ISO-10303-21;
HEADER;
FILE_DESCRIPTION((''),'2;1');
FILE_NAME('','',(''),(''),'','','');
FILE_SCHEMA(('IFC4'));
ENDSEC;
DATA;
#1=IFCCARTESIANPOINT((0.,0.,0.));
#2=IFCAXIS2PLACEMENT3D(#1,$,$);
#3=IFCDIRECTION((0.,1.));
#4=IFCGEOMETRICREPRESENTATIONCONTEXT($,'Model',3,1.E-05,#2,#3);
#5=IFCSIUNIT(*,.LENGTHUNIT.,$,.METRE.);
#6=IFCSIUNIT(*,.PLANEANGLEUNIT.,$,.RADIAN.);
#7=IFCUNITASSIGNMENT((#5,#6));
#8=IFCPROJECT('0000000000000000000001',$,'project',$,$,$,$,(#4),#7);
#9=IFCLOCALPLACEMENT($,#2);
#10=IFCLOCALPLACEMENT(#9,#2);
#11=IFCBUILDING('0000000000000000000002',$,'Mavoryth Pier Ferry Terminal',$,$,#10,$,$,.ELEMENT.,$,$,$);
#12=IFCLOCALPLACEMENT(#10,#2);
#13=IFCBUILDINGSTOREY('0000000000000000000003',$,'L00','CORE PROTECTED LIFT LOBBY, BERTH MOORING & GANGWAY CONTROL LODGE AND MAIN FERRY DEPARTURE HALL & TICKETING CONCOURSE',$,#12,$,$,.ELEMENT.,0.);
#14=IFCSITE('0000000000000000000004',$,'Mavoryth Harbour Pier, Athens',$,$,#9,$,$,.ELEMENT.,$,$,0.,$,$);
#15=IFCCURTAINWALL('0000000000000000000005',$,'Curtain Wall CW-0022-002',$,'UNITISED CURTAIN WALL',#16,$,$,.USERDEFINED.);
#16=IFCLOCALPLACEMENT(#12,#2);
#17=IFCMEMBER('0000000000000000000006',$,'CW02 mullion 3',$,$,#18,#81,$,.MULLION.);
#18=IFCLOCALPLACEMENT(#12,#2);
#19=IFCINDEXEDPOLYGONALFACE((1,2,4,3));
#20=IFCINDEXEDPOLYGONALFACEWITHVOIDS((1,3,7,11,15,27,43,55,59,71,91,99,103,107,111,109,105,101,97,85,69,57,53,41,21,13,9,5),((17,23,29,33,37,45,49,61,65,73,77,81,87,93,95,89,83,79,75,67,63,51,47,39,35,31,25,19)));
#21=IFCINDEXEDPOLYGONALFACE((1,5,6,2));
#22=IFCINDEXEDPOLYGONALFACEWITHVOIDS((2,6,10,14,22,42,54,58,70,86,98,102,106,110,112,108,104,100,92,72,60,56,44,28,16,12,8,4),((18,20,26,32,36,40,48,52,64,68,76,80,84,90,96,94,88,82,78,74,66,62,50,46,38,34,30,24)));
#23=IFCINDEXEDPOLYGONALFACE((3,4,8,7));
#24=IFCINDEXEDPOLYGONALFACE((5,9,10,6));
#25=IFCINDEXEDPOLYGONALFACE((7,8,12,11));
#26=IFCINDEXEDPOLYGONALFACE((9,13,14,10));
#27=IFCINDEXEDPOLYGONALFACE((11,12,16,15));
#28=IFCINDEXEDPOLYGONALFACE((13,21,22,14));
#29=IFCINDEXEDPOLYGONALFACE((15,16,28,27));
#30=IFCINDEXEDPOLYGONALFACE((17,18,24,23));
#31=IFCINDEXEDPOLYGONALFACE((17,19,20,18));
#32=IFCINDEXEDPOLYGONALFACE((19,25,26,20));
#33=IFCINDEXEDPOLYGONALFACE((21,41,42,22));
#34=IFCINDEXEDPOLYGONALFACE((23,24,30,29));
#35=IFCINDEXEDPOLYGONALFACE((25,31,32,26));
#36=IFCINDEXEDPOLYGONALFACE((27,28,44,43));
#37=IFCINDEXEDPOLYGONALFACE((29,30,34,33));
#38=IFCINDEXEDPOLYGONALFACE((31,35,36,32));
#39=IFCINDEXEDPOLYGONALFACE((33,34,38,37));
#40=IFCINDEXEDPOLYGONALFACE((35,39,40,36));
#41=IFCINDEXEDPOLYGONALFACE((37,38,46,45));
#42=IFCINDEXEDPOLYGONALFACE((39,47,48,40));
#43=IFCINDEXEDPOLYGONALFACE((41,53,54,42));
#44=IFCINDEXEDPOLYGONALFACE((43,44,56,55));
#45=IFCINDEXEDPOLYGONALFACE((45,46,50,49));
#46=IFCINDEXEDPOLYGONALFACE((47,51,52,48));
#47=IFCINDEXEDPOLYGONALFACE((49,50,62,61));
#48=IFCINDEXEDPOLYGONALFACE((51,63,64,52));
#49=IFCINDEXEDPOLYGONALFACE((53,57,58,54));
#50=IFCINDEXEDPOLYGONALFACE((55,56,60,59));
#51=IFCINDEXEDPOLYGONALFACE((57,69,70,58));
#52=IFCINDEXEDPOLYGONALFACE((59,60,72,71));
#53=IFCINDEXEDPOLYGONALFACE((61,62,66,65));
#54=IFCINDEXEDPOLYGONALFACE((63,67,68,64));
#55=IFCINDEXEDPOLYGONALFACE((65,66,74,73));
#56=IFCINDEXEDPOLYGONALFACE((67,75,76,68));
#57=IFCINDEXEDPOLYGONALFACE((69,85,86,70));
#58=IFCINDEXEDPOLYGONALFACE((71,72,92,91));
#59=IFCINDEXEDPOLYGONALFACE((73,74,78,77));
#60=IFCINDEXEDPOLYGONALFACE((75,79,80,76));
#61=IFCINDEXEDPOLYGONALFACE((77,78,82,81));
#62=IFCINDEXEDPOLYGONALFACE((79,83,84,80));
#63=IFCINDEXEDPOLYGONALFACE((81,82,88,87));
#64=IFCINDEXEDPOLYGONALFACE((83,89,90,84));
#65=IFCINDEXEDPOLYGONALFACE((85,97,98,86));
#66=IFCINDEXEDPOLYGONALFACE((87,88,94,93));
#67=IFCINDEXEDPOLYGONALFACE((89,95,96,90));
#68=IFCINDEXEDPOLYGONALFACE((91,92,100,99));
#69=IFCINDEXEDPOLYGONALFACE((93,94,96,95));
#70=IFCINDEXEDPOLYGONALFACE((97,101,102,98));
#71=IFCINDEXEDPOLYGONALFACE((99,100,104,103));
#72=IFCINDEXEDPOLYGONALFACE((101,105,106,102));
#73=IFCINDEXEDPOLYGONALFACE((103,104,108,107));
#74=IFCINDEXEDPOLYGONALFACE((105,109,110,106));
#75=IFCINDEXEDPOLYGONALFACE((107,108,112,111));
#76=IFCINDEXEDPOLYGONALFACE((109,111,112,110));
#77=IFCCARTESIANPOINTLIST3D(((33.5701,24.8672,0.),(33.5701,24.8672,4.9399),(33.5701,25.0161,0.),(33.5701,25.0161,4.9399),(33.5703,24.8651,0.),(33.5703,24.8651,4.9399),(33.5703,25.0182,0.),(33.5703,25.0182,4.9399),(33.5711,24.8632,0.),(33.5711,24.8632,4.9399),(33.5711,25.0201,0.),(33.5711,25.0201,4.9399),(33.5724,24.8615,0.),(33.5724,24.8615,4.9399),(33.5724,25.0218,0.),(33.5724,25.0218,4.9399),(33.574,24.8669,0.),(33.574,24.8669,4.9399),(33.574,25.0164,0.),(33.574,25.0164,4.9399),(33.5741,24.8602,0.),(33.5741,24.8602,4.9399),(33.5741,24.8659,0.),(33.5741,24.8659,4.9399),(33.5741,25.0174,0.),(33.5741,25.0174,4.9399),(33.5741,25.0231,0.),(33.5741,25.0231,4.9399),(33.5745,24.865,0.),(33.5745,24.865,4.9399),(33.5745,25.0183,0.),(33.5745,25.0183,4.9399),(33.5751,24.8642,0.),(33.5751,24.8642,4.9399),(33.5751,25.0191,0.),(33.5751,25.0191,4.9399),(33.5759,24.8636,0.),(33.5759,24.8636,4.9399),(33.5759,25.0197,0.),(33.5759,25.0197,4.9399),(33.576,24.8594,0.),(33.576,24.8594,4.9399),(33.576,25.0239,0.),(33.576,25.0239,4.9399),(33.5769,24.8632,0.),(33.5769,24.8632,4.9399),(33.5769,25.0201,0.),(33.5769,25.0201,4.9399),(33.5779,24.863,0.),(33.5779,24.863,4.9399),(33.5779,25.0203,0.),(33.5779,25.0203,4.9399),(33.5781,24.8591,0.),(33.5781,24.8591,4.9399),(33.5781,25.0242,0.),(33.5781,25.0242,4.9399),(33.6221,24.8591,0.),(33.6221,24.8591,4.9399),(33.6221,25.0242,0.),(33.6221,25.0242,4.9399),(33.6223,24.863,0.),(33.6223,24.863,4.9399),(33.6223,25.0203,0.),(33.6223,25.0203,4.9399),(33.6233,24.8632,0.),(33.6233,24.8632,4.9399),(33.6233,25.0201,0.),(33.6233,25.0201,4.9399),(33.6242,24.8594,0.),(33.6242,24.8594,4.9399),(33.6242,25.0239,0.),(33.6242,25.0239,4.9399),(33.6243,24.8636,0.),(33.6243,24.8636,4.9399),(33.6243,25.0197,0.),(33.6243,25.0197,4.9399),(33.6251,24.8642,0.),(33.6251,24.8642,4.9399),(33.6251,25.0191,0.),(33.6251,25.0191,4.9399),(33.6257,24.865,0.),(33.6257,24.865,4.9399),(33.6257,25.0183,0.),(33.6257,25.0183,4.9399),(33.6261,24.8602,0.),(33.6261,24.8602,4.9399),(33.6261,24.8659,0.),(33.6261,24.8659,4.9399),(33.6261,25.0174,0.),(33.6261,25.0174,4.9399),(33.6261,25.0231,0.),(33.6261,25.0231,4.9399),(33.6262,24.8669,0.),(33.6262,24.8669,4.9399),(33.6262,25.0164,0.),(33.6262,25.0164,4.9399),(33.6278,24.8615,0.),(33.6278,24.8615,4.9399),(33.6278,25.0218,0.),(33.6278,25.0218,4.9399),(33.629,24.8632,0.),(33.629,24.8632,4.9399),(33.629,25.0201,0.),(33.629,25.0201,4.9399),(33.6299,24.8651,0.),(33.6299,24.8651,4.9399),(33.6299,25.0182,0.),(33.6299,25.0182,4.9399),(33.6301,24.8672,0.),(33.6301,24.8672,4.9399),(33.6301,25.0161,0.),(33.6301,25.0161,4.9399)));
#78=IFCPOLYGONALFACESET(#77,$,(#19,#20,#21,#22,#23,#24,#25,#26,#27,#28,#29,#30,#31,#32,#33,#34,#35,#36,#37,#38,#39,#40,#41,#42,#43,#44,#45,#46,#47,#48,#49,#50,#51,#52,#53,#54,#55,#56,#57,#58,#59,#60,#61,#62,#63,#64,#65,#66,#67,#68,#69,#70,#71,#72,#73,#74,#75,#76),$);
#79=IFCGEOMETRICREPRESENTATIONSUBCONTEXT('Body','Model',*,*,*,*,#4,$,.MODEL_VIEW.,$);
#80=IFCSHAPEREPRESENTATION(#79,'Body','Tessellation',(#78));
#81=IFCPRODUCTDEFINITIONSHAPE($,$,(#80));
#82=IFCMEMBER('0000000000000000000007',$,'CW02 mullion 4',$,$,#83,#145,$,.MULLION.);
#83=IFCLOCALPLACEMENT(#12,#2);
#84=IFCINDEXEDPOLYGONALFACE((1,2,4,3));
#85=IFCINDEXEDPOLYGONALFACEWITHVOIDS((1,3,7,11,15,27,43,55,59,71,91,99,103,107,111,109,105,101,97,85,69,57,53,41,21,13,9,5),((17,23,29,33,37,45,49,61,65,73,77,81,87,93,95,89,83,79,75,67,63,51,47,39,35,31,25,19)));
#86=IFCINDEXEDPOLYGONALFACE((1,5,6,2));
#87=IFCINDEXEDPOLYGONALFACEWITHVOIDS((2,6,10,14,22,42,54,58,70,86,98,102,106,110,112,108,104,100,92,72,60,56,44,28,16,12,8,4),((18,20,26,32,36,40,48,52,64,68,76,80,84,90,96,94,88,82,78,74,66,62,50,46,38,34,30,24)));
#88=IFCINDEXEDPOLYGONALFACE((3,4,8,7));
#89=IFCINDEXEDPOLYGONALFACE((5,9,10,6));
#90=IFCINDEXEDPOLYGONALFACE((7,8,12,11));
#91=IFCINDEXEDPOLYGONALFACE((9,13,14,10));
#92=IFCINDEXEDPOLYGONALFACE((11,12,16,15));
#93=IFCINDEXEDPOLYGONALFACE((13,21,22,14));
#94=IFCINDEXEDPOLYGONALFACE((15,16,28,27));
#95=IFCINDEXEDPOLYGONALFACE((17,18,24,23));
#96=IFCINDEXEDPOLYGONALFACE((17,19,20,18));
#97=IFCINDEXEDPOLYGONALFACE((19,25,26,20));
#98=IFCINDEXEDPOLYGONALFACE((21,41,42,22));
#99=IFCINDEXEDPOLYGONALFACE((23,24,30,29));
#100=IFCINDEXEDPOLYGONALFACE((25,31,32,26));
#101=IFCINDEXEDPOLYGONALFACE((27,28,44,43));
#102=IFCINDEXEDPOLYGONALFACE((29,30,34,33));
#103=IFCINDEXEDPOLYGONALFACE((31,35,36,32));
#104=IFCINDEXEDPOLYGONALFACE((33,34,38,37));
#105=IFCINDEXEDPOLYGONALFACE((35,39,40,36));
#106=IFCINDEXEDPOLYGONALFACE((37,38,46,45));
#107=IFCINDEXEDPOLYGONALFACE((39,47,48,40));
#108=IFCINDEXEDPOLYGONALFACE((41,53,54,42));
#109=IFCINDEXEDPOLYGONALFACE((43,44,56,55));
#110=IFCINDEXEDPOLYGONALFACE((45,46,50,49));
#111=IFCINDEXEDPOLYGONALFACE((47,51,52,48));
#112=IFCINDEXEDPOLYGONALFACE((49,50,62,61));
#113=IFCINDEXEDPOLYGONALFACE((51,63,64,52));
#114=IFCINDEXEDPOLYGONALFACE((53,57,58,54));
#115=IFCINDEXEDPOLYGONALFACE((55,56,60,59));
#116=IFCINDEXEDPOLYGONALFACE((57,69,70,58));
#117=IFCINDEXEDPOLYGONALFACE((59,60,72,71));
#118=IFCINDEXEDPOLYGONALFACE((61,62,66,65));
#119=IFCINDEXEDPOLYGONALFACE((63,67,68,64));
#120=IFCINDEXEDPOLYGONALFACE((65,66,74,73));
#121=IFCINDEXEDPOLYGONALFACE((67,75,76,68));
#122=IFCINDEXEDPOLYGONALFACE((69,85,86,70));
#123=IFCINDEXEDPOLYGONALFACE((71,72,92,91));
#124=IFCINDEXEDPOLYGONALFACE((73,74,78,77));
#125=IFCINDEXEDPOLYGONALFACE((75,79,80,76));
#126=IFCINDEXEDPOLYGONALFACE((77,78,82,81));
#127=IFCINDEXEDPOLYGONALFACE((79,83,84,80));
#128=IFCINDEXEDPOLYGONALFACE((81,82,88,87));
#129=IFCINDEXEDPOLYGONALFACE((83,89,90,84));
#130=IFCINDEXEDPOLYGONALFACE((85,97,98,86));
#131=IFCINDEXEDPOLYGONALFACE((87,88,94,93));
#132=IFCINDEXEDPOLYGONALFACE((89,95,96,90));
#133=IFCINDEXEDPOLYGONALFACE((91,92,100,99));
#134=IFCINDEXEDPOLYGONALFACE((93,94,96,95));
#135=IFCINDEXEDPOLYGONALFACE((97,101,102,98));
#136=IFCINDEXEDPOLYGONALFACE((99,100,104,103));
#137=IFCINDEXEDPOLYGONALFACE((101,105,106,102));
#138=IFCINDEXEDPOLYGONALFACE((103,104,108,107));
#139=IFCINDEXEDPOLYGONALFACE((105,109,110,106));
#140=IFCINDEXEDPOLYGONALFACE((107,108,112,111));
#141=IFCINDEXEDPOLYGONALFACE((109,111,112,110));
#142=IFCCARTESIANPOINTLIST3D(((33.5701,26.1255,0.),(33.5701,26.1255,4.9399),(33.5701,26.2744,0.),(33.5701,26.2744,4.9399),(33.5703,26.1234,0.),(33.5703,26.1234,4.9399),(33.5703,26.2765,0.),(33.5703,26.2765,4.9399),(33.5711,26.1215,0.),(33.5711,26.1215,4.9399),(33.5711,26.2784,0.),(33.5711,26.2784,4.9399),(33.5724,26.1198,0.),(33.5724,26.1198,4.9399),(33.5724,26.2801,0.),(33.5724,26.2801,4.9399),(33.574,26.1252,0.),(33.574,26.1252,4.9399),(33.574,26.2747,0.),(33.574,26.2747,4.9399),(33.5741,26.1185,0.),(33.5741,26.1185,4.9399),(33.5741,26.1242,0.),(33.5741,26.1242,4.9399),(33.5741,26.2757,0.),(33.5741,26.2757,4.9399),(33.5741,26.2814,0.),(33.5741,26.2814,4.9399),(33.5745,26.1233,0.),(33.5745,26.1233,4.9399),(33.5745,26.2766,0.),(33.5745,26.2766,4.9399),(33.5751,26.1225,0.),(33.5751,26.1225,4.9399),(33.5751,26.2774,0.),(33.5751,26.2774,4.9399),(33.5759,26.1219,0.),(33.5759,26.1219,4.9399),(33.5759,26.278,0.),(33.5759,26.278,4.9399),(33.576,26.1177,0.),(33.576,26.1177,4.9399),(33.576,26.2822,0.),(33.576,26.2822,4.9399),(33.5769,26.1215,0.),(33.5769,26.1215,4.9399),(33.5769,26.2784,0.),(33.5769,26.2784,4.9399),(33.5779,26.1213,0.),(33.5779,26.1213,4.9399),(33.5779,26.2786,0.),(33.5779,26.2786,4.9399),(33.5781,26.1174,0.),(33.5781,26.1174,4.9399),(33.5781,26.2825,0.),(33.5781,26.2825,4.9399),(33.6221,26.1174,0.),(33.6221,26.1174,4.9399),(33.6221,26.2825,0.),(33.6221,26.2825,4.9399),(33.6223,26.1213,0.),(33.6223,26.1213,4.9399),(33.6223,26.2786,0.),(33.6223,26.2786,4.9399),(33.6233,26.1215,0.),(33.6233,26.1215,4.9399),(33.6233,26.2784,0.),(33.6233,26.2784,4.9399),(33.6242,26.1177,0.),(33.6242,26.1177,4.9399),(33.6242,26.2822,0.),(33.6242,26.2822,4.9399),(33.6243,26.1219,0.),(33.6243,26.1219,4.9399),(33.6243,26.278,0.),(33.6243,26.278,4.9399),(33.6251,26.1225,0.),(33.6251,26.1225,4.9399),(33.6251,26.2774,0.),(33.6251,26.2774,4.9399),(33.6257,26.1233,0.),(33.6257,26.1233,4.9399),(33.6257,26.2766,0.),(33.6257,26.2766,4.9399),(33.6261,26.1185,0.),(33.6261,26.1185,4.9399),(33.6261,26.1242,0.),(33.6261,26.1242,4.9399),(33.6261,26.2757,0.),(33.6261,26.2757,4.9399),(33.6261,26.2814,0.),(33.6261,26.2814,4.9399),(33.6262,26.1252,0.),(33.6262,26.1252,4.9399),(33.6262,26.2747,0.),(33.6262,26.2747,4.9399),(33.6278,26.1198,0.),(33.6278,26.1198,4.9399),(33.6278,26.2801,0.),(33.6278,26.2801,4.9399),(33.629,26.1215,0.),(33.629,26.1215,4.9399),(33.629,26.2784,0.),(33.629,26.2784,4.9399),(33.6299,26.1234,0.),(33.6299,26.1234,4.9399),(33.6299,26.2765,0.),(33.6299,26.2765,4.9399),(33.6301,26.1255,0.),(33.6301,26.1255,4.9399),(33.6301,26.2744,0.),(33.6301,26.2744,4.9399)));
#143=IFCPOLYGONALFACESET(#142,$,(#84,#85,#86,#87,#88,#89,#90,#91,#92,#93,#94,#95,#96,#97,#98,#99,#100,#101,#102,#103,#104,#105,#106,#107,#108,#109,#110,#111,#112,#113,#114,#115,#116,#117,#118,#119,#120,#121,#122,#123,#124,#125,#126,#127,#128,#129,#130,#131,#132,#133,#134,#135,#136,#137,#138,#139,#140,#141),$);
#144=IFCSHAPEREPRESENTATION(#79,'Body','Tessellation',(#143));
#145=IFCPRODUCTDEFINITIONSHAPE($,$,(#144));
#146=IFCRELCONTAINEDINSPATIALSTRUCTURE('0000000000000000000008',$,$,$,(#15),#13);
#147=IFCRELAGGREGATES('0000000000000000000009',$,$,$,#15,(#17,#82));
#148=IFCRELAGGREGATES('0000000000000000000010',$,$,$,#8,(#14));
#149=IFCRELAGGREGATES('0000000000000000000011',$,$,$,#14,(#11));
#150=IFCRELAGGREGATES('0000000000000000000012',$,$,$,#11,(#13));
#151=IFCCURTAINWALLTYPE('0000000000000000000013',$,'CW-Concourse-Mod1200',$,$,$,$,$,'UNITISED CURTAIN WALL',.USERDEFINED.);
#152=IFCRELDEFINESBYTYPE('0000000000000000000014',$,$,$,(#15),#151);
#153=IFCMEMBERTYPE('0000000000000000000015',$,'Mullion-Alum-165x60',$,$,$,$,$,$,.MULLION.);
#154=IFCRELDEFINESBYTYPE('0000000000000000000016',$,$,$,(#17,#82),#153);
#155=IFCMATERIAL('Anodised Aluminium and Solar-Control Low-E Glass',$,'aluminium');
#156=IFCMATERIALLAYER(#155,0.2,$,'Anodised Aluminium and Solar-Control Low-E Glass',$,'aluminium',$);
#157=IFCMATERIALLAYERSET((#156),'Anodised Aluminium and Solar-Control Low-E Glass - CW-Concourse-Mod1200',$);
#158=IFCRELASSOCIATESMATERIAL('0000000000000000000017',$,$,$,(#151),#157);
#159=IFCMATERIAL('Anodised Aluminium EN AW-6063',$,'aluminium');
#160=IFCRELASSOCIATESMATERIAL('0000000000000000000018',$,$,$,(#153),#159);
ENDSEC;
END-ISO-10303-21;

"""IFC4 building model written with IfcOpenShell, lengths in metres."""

from ifc_helpers import new_model, si_unit, direction, frame, origin, origin_2d, place, context, subcontext, project, spatial, hollow_rectangle, extrude, material, layer, layer_set, material_profile, profile_set, type_object, element, aggregate, save


model = new_model("IFC4")

# Units and contexts
model_context = context("Model", 3, precision=1e-05, world=origin(), true_north=direction((0.0, 1.0)))
body_context = subcontext(model_context, "Body", "Model", "MODEL_VIEW")
ifc_project = project(units=[si_unit("LENGTHUNIT", "METRE"), si_unit("PLANEANGLEUNIT", "RADIAN")], contexts=[model_context])

# Site, building, storey
site_placement = place(None, origin())
site = spatial("IfcSite", under=ifc_project, at=site_placement, Name="Mavoryth Harbour Pier, Athens", CompositionType="ELEMENT", RefElevation=0.0)
building_placement = place(site_placement, origin())
building = spatial("IfcBuilding", under=site, at=building_placement, Name="Mavoryth Pier Ferry Terminal", CompositionType="ELEMENT")
storey_placement = place(building_placement, origin())
storey = spatial("IfcBuildingStorey", under=building, at=storey_placement, Name="L00", Description="CORE PROTECTED LIFT LOBBY, BERTH MOORING & GANGWAY CONTROL LODGE AND MAIN FERRY DEPARTURE HALL & TICKETING CONCOURSE", CompositionType="ELEMENT", Elevation=0.0)

# Curtain wall, members
ifc_material_1 = material(Name="Anodised Aluminium and Solar-Control Low-E Glass", Category="aluminium")
ifc_layer_1 = layer(ifc_material_1, 0.2, Name="Anodised Aluminium and Solar-Control Low-E Glass", Category="aluminium")
ifc_layer_set_1 = layer_set([ifc_layer_1], Name="Anodised Aluminium and Solar-Control Low-E Glass - CW-Concourse-Mod1200")
curtain_wall_type = type_object("IfcCurtainWallType", Name="CW-Concourse-Mod1200", ElementType="UNITISED CURTAIN WALL", PredefinedType="USERDEFINED", material=ifc_layer_set_1)
curtain_wall_placement = place(storey_placement, origin())
curtain_wall = element("IfcCurtainWall", 1, at=curtain_wall_placement, inside=storey, type_object=curtain_wall_type, Name="Curtain Wall CW-0022-002", ObjectType="UNITISED CURTAIN WALL", PredefinedType="USERDEFINED")
ifc_material_2 = material(Name="Anodised Aluminium EN AW-6063", Category="aluminium")
ifc_material_profile_1 = material_profile(ifc_material_2, hollow_rectangle(XDim=0.0601, YDim=0.165, WallThickness=0.0039, InnerFilletRadius=0.0039, OuterFilletRadius=0.0081, at=origin_2d()), Name="AL-MULL 165x60x4", Category="aluminium")
ifc_profile_set_1 = profile_set([ifc_material_profile_1], Name="Anodised Aluminium EN AW-6063 - AL-MULL 165x60x4")
member_type_1 = type_object("IfcMemberType", Name="Mullion-Alum-165x60", PredefinedType="MULLION", material=ifc_profile_set_1)
member_1_placement = place(storey_placement, frame((33.6001, 24.9417, 0.0), z_axis=(0.0, 0.0, 1.0), x_axis=(-1.0, 0.0, 0.0)))
member_1 = element("IfcMember", 2, at=member_1_placement, type_object=member_type_1, Name="CW02 mullion 3", PredefinedType="MULLION", context=body_context, shape_type="SweptSolid", body=[
    extrude(hollow_rectangle(XDim=0.0601, YDim=0.165, WallThickness=0.0039, InnerFilletRadius=0.0039, OuterFilletRadius=0.0081, at=origin_2d()), origin(), (0.0, 0.0, 1.0), 4.9399),
])
member_2_placement = place(storey_placement, frame((33.6001, 26.2, 0.0), z_axis=(0.0, 0.0, 1.0), x_axis=(-1.0, 0.0, 0.0)))
member_2 = element("IfcMember", 3, at=member_2_placement, type_object=member_type_1, Name="CW02 mullion 4", PredefinedType="MULLION", context=body_context, shape_type="SweptSolid", body=[
    extrude(hollow_rectangle(XDim=0.0601, YDim=0.165, WallThickness=0.0039, InnerFilletRadius=0.0039, OuterFilletRadius=0.0081, at=origin_2d()), origin(), (0.0, 0.0, 1.0), 4.9399),
])
aggregate(curtain_wall, [member_1, member_2])

save(model, "model.ifc")
